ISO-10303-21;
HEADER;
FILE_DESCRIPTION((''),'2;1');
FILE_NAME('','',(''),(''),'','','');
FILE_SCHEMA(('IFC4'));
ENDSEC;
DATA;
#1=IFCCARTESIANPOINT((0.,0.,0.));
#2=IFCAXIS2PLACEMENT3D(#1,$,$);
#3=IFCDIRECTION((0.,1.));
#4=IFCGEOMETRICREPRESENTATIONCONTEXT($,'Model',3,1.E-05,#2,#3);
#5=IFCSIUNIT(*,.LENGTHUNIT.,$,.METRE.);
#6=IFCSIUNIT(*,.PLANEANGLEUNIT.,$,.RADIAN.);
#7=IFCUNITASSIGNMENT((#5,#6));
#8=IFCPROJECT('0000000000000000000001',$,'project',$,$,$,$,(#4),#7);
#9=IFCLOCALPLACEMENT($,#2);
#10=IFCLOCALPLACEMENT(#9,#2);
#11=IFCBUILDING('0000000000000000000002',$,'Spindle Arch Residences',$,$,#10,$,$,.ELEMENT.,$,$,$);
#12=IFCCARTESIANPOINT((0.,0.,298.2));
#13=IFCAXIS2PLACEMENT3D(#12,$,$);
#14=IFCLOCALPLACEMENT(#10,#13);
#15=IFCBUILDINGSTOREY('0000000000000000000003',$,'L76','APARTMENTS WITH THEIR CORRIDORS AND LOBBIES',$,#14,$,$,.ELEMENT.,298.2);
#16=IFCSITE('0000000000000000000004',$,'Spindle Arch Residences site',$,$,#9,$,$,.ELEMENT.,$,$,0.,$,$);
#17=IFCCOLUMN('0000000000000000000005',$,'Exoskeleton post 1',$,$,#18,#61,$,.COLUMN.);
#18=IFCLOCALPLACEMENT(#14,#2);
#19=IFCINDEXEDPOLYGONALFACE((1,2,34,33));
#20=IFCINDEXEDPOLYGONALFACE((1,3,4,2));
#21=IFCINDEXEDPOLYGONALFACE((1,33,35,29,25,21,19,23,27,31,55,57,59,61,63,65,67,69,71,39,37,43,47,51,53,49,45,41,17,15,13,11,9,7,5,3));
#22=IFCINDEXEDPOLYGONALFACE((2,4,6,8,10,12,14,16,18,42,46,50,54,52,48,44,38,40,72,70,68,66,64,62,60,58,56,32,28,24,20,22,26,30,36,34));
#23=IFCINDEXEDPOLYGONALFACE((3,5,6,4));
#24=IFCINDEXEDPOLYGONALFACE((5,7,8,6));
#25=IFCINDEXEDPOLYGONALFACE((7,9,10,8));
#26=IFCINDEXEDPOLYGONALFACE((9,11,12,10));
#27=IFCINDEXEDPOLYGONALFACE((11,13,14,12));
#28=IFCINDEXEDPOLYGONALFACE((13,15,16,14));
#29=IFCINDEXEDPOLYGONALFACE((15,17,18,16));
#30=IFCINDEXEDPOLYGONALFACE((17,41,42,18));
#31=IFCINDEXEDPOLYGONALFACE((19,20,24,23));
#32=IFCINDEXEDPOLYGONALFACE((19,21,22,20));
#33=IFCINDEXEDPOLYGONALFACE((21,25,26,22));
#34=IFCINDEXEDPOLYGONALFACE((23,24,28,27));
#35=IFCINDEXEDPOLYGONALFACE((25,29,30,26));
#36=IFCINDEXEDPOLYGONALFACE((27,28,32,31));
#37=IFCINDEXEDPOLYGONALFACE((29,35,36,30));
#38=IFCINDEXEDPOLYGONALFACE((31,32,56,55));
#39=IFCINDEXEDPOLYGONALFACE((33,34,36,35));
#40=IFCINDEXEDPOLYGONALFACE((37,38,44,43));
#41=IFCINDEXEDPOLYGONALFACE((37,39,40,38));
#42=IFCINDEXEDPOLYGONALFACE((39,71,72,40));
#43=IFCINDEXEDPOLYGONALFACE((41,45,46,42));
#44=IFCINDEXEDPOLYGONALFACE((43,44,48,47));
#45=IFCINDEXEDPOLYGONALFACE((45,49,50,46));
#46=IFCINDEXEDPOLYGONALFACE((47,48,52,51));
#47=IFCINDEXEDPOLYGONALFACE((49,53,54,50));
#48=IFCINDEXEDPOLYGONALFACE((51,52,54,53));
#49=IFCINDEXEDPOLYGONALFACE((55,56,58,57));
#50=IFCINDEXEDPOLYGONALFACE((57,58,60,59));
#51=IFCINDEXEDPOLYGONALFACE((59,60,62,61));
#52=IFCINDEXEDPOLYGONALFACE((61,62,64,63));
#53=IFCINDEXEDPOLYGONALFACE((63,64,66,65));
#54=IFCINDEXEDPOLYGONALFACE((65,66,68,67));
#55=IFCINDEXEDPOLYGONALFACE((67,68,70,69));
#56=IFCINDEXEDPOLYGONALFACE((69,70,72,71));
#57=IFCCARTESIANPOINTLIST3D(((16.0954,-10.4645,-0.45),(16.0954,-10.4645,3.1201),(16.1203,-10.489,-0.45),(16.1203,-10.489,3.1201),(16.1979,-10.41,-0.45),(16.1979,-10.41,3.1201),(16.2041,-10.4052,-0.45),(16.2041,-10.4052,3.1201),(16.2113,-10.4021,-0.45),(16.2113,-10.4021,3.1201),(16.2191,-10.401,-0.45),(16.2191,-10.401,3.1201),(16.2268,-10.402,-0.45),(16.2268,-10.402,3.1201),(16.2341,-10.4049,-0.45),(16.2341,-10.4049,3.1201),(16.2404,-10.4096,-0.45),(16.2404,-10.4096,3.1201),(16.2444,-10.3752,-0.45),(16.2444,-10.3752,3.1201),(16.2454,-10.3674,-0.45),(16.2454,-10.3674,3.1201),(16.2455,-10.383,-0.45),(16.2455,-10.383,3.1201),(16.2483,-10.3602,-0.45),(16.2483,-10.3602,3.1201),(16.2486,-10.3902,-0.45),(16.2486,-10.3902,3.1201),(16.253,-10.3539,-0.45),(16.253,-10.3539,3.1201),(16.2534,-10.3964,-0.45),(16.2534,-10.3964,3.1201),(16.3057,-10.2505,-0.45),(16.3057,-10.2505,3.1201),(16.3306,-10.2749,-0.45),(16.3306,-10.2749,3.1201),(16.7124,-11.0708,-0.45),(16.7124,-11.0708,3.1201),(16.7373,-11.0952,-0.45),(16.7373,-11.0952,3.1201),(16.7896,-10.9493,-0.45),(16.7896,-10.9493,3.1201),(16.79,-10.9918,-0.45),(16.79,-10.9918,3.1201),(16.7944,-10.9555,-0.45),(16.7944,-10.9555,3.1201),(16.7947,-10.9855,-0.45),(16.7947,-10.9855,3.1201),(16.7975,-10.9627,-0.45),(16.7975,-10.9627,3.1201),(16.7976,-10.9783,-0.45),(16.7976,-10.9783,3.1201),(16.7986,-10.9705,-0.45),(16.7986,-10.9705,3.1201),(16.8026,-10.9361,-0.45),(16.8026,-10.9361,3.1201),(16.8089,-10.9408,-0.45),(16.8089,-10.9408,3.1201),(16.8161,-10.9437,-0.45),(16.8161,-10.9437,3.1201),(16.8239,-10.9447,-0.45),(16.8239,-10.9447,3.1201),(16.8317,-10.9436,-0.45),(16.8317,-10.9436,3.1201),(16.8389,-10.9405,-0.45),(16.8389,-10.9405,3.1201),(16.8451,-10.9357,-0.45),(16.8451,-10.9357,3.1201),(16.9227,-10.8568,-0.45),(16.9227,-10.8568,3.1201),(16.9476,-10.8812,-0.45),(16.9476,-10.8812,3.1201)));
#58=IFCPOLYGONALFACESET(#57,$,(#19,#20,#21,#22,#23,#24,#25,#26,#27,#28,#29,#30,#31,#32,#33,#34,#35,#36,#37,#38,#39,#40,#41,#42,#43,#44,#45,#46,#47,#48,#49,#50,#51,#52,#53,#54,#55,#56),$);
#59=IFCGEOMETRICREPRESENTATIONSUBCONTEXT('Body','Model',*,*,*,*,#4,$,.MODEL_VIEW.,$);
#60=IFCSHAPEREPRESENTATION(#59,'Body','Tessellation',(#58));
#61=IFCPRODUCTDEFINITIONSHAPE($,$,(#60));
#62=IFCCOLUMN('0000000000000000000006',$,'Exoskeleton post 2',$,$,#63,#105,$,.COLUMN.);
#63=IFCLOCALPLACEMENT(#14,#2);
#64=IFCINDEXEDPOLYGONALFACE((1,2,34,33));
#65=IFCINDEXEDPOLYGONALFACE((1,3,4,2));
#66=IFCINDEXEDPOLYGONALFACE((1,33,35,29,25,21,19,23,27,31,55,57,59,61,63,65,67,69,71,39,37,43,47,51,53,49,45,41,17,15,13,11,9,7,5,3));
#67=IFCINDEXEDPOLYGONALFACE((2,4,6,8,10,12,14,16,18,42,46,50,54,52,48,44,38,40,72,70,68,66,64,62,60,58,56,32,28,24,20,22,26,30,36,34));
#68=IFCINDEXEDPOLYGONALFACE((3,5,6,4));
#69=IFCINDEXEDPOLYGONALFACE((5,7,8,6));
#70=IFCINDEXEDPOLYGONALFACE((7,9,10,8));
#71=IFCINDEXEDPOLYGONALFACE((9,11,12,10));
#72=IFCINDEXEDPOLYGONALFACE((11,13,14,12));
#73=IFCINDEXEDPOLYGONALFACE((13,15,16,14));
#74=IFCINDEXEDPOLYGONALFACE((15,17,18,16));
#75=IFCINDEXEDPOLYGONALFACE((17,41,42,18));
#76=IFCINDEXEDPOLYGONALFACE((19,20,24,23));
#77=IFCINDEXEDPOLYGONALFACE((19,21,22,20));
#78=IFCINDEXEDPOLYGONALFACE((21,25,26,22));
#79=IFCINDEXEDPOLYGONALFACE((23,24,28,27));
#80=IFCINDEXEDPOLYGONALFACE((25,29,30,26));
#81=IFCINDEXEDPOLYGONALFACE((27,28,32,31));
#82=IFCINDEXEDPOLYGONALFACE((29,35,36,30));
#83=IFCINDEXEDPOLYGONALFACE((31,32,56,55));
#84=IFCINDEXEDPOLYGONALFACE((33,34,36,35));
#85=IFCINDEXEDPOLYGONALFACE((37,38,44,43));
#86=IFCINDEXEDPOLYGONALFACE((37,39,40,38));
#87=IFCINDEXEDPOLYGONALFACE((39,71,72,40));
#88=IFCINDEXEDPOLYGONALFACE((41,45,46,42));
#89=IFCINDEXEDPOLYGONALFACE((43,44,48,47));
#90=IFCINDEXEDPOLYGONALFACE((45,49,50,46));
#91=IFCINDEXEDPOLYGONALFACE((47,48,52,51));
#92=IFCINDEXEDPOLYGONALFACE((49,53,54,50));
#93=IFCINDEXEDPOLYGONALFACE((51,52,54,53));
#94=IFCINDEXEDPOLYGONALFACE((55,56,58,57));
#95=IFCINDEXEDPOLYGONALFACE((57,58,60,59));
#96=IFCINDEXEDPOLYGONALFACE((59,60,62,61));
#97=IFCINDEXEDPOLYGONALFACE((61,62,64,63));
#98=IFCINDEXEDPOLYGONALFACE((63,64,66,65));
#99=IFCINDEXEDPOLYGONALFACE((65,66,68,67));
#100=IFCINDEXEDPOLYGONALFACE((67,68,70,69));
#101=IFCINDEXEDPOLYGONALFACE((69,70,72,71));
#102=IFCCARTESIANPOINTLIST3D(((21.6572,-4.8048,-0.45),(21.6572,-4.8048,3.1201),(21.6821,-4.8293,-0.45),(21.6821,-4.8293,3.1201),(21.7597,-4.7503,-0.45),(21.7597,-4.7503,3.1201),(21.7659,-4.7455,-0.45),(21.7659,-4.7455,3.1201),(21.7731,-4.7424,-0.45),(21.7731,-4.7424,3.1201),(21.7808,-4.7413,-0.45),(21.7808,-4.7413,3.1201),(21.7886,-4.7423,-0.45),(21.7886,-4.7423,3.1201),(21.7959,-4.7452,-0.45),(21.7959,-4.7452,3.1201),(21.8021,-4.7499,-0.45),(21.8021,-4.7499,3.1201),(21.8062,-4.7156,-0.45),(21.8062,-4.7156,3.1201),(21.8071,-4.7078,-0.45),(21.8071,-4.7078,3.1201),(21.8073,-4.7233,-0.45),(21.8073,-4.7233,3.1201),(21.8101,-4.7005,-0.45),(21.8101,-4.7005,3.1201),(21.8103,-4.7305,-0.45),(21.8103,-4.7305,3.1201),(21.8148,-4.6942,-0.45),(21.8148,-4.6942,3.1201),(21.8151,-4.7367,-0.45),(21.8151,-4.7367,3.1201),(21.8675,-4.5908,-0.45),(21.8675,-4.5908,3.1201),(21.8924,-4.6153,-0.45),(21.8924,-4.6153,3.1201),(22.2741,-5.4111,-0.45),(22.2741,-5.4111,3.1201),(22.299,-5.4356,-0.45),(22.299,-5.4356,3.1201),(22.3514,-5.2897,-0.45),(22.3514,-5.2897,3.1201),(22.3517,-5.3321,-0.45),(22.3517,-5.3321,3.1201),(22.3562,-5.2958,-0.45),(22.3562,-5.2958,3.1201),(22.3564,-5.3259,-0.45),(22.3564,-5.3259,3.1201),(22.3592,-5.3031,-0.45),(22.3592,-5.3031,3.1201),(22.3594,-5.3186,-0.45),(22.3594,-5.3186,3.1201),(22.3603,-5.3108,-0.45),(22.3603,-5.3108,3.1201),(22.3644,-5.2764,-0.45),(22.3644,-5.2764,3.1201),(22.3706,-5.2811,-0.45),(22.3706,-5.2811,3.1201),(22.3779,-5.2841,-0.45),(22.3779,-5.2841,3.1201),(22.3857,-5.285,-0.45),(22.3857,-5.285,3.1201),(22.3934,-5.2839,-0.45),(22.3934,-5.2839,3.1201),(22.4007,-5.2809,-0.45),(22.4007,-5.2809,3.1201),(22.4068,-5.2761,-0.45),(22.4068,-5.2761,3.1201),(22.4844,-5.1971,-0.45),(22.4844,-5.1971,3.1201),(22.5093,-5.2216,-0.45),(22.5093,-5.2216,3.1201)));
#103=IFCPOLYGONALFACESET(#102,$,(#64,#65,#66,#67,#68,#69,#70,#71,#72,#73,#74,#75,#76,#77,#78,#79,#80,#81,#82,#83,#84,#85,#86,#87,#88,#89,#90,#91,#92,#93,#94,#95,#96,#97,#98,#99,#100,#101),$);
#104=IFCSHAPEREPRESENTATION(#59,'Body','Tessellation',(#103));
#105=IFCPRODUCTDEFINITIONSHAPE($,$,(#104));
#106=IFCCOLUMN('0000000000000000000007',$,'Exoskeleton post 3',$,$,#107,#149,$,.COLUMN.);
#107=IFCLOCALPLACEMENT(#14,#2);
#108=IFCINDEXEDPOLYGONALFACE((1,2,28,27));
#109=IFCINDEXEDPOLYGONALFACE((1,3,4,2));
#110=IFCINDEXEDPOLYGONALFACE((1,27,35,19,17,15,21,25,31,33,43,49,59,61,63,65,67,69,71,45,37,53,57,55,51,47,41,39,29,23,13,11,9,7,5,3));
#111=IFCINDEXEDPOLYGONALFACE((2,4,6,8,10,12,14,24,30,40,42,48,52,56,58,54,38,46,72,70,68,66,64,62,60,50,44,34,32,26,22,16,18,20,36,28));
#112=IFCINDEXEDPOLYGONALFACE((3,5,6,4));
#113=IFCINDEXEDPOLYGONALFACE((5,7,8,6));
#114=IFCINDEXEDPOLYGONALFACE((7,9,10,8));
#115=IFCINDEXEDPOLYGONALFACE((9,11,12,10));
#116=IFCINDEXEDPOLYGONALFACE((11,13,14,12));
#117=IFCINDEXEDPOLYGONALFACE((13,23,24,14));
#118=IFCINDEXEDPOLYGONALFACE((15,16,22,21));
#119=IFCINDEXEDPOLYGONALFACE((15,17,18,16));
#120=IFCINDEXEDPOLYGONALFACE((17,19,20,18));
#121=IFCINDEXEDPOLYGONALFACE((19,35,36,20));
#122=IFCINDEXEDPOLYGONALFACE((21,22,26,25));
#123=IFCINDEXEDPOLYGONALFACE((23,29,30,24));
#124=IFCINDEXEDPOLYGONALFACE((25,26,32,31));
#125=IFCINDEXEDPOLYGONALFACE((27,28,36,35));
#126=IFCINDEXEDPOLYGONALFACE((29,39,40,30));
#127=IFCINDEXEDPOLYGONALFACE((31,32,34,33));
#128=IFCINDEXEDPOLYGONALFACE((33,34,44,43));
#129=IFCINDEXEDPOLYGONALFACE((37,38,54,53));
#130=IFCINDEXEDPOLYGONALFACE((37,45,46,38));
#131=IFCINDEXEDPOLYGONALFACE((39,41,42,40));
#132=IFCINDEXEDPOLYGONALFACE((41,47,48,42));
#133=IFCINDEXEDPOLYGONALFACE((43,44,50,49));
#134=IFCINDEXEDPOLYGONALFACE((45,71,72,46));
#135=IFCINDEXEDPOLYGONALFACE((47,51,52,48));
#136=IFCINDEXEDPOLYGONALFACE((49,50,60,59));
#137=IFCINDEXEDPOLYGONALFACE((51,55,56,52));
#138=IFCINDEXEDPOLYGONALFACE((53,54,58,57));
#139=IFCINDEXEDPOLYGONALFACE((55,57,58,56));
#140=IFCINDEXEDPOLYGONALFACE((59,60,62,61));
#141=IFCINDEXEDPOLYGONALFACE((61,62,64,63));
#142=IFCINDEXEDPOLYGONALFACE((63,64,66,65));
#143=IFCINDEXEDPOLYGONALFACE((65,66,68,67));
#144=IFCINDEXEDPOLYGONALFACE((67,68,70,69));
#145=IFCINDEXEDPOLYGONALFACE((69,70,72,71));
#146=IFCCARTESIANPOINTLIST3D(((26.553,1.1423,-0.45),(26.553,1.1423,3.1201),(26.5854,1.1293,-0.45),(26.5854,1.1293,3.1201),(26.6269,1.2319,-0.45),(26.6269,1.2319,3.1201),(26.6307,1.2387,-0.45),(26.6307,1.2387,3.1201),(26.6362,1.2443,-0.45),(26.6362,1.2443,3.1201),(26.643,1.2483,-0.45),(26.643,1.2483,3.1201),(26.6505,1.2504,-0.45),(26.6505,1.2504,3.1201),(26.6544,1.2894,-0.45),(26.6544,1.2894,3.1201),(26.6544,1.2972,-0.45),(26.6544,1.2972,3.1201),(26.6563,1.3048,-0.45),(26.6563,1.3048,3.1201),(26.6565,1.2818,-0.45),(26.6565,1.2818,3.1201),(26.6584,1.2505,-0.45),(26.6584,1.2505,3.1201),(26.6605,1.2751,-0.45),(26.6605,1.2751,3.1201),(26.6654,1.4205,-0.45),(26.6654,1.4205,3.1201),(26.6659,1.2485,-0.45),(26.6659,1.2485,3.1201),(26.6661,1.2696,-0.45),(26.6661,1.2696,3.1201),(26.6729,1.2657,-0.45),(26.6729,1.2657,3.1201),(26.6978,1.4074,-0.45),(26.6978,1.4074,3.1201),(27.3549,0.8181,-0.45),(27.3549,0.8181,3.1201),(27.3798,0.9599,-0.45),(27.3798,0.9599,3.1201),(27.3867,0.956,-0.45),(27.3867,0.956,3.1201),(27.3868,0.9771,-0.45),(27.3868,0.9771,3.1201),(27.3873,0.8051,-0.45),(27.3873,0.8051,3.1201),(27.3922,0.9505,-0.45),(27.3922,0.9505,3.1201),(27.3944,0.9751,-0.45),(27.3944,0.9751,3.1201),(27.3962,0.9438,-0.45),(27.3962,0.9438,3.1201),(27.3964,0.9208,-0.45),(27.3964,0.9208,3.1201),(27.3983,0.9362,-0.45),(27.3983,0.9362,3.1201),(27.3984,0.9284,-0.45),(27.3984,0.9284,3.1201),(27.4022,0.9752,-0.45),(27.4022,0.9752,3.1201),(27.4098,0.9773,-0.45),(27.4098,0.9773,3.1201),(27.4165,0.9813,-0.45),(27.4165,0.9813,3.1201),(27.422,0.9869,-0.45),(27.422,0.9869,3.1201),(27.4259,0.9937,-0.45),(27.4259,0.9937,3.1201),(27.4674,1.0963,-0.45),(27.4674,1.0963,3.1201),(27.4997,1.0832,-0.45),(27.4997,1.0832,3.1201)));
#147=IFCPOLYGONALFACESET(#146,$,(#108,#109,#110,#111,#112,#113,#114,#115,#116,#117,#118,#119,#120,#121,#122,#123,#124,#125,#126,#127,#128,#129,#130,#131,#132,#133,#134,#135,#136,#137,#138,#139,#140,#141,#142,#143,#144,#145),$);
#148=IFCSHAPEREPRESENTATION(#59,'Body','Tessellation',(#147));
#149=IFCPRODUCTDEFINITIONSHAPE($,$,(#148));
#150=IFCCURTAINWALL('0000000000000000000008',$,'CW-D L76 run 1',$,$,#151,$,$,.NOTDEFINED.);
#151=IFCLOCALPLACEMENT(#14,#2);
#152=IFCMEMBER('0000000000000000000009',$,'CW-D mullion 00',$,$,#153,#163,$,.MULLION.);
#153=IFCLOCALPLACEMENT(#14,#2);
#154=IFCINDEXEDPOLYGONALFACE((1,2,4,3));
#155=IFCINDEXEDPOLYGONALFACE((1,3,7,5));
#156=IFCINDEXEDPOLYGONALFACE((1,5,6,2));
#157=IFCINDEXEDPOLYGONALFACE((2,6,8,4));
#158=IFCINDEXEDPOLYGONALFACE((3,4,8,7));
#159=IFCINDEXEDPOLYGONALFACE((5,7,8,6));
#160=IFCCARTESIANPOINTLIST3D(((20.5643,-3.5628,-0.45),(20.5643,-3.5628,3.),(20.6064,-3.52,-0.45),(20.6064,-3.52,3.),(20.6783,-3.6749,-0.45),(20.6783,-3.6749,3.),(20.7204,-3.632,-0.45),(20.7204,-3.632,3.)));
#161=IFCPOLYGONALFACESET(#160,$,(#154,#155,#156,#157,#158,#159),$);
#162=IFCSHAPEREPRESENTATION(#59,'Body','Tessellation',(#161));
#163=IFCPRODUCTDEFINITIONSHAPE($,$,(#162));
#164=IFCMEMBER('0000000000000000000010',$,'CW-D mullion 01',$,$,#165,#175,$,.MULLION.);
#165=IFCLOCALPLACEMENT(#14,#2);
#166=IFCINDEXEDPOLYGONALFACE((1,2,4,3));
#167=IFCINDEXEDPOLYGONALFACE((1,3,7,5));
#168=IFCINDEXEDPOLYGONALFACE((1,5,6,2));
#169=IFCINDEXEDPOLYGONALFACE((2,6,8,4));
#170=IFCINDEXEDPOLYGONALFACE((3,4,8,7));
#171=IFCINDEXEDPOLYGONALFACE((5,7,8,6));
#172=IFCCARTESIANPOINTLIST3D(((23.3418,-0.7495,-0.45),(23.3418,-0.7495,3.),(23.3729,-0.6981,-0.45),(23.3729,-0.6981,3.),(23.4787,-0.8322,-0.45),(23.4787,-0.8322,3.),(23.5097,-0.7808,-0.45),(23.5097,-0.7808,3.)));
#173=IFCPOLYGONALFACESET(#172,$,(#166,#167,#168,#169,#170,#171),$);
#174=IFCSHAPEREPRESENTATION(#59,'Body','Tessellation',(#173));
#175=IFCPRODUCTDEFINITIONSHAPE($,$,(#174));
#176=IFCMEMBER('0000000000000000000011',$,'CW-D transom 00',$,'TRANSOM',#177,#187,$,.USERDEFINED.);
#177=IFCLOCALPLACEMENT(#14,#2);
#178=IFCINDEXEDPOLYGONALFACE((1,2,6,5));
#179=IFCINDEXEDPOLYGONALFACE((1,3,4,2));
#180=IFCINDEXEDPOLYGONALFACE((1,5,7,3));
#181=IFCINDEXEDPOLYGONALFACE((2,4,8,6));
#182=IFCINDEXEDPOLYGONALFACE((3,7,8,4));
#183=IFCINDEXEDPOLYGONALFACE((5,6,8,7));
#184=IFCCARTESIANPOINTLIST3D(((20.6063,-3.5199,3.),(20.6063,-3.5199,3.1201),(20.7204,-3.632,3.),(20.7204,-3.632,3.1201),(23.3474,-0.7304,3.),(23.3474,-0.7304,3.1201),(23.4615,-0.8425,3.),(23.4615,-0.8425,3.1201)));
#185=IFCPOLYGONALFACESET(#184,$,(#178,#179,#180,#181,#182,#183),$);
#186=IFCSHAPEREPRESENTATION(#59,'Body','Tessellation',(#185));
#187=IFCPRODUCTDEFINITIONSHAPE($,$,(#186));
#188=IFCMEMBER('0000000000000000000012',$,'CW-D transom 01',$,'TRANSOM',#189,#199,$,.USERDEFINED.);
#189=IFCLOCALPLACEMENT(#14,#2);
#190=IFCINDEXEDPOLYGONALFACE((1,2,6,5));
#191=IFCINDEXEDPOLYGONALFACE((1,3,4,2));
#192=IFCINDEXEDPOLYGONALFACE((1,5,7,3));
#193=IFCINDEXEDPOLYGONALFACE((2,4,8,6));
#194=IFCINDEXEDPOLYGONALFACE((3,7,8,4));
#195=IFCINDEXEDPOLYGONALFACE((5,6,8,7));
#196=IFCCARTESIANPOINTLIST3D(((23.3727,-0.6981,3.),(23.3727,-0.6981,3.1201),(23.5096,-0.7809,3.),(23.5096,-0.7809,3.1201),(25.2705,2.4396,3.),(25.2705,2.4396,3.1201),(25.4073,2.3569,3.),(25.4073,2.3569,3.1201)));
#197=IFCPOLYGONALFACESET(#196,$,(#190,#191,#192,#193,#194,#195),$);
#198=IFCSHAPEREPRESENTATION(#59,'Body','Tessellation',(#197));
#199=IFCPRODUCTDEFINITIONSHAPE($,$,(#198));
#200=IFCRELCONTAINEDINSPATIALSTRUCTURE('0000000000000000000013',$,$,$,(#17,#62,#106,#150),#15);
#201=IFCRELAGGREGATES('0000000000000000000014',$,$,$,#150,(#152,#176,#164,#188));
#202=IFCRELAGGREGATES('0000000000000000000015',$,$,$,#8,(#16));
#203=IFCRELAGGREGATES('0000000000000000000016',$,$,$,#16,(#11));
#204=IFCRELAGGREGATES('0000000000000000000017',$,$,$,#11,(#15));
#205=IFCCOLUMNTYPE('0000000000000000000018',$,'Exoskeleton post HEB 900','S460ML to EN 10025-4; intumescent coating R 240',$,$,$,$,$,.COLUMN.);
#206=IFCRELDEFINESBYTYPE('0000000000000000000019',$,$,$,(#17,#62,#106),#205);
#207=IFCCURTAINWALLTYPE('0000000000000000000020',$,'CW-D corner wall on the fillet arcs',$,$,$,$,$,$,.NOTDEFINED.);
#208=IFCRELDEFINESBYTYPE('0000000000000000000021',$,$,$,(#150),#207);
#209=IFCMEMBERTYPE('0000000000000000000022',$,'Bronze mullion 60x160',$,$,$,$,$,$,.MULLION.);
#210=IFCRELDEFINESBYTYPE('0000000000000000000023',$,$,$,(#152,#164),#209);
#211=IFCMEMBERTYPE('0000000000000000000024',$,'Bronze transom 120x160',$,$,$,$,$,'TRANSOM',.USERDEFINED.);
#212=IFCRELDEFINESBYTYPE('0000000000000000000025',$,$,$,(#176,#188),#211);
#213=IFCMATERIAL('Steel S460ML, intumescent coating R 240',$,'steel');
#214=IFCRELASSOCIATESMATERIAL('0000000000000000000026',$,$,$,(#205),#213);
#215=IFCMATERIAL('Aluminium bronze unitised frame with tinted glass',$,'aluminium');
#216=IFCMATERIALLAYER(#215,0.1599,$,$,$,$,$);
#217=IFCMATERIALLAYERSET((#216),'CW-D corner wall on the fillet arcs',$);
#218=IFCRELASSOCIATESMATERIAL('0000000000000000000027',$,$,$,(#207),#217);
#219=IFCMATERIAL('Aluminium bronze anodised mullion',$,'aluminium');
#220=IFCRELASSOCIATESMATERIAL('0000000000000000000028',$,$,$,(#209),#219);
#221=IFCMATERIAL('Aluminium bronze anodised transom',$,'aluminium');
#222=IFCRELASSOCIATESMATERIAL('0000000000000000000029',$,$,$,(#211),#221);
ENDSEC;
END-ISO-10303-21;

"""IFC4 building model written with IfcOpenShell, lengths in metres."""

from ifc_helpers import new_model, si_unit, direction, frame, origin, origin_2d, place, context, subcontext, project, spatial, rectangle, i_section, extrude, material, layer, layer_set, material_profile, profile_set, type_object, element, aggregate, save


model = new_model("IFC4")

# Units and contexts
model_context = context("Model", 3, precision=1e-05, world=origin(), true_north=direction((0.0, 1.0)))
body_context = subcontext(model_context, "Body", "Model", "MODEL_VIEW")
ifc_project = project(units=[si_unit("LENGTHUNIT", "METRE"), si_unit("PLANEANGLEUNIT", "RADIAN")], contexts=[model_context])

# Site, building, storey
site_placement = place(None, origin())
site = spatial("IfcSite", under=ifc_project, at=site_placement, Name="Spindle Arch Residences site", CompositionType="ELEMENT", RefElevation=0.0)
building_placement = place(site_placement, origin())
building = spatial("IfcBuilding", under=site, at=building_placement, Name="Spindle Arch Residences", CompositionType="ELEMENT")
storey_placement = place(building_placement, frame((0.0, 0.0, 298.2)))
storey = spatial("IfcBuildingStorey", under=building, at=storey_placement, Name="L76", Description="APARTMENTS WITH THEIR CORRIDORS AND LOBBIES", CompositionType="ELEMENT", Elevation=298.2)

# Columns
ifc_material_1 = material(Name="Steel S460ML, intumescent coating R 240", Category="steel")
ifc_material_profile_1 = material_profile(ifc_material_1, i_section(OverallWidth=0.3, OverallDepth=0.8999, WebThickness=0.0186, FlangeThickness=0.0349, FilletRadius=0.03, at=origin_2d()), Name="HEB 900")
ifc_profile_set_1 = profile_set([ifc_material_profile_1], Name="Steel S460ML, intumescent coating R 240")
column_type = type_object("IfcColumnType", Name="Exoskeleton post HEB 900", Description="S460ML to EN 10025-4; intumescent coating R 240", PredefinedType="COLUMN", material=ifc_profile_set_1)
for number, where, z_axis, x_axis, name in (
    (1, (16.5215, -10.6729, -0.45), (0.0, 0.0, 1.0), (-0.700909, -0.71325, 0.0), "Exoskeleton post 1"),
    (2, (22.0833, -5.0132, -0.45), (0.0, 0.0, 1.0), (-0.700909, -0.71325, 0.0), "Exoskeleton post 2"),
    (3, (27.0264, 1.1128, -0.45), (0.0, 0.0, 1.0), (-0.374803, -0.927105, 0.0), "Exoskeleton post 3"),
):
    element("IfcColumn", number, at=place(storey_placement, frame(where, z_axis=z_axis, x_axis=x_axis)), inside=storey, type_object=column_type, Name=name, PredefinedType="COLUMN", context=body_context, shape_type="SweptSolid", body=[
        extrude(i_section(OverallWidth=0.3, OverallDepth=0.8999, WebThickness=0.0186, FlangeThickness=0.0349, FilletRadius=0.03, at=origin_2d()), origin(), (0.0, 0.0, 1.0), 3.5701),
    ])

# Curtain wall, members
ifc_material_2 = material(Name="Aluminium bronze unitised frame with tinted glass", Category="aluminium")
ifc_layer_1 = layer(ifc_material_2, 0.1599)
ifc_layer_set_1 = layer_set([ifc_layer_1], Name="CW-D corner wall on the fillet arcs")
curtain_wall_type_1 = type_object("IfcCurtainWallType", Name="CW-D corner wall on the fillet arcs", PredefinedType="NOTDEFINED", material=ifc_layer_set_1)
curtain_wall_1_placement = place(storey_placement, origin())
curtain_wall_1 = element("IfcCurtainWall", 4, at=curtain_wall_1_placement, inside=storey, type_object=curtain_wall_type_1, Name="CW-D L76 run 1", PredefinedType="NOTDEFINED")
ifc_material_3 = material(Name="Aluminium bronze anodised mullion", Category="aluminium")
ifc_material_profile_2 = material_profile(ifc_material_3, rectangle(XDim=0.1599, YDim=0.0601, at=origin_2d()), Name="MU 60x160")
ifc_profile_set_2 = profile_set([ifc_material_profile_2], Name="Aluminium bronze anodised mullion")
member_type_1 = type_object("IfcMemberType", Name="Bronze mullion 60x160", PredefinedType="MULLION", material=ifc_profile_set_2)
member_1_placement = place(storey_placement, frame((20.6423, -3.5974, -0.45), z_axis=(0.0, 0.0, 1.0), x_axis=(-0.71325, 0.700909, 0.0)))
member_1 = element("IfcMember", 5, at=member_1_placement, type_object=member_type_1, Name="CW-D mullion 00", PredefinedType="MULLION", context=body_context, shape_type="SweptSolid", body=[
    extrude(rectangle(XDim=0.1599, YDim=0.0601, at=origin_2d()), origin(), (0.0, 0.0, 1.0), 3.45),
])
member_2_placement = place(storey_placement, frame((23.4258, -0.7651, -0.45), z_axis=(0.0, 0.0, 1.0), x_axis=(-0.855665, 0.517529, 0.0)))
member_2 = element("IfcMember", 6, at=member_2_placement, type_object=member_type_1, Name="CW-D mullion 01", PredefinedType="MULLION", context=body_context, shape_type="SweptSolid", body=[
    extrude(rectangle(XDim=0.1599, YDim=0.0601, at=origin_2d()), origin(), (0.0, 0.0, 1.0), 3.45),
])
ifc_material_4 = material(Name="Aluminium bronze anodised transom", Category="aluminium")
ifc_material_profile_3 = material_profile(ifc_material_4, rectangle(XDim=0.1599, YDim=0.1201, at=origin_2d()), Name="TR 120x160")
ifc_profile_set_3 = profile_set([ifc_material_profile_3], Name="Aluminium bronze anodised transom")
member_type_2 = type_object("IfcMemberType", Name="Bronze transom 120x160", ElementType="TRANSOM", PredefinedType="USERDEFINED", material=ifc_profile_set_3)
member_3_placement = place(storey_placement, frame((20.6633, -3.5759, 3.0601), z_axis=(0.7009, 0.71326, 0.0), x_axis=(-0.71326, 0.7009, 0.0)))
member_3 = element("IfcMember", 7, at=member_3_placement, type_object=member_type_2, Name="CW-D transom 00", ObjectType="TRANSOM", PredefinedType="USERDEFINED", context=body_context, shape_type="SweptSolid", body=[
    extrude(rectangle(XDim=0.1599, YDim=0.1201, at=origin_2d()), origin(), (0.0, 0.0, 1.0), 3.9109),
])
member_4_placement = place(storey_placement, frame((23.4412, -0.7395, 3.0601), z_axis=(0.517518, 0.855672, 0.0), x_axis=(-0.855672, 0.517518, 0.0)))
member_4 = element("IfcMember", 8, at=member_4_placement, type_object=member_type_2, Name="CW-D transom 01", ObjectType="TRANSOM", PredefinedType="USERDEFINED", context=body_context, shape_type="SweptSolid", body=[
    extrude(rectangle(XDim=0.1599, YDim=0.1201, at=origin_2d()), origin(), (0.0, 0.0, 1.0), 3.667),
])

aggregate(curtain_wall_1, [member_1, member_3, member_2, member_4])

save(model, "model.ifc")
